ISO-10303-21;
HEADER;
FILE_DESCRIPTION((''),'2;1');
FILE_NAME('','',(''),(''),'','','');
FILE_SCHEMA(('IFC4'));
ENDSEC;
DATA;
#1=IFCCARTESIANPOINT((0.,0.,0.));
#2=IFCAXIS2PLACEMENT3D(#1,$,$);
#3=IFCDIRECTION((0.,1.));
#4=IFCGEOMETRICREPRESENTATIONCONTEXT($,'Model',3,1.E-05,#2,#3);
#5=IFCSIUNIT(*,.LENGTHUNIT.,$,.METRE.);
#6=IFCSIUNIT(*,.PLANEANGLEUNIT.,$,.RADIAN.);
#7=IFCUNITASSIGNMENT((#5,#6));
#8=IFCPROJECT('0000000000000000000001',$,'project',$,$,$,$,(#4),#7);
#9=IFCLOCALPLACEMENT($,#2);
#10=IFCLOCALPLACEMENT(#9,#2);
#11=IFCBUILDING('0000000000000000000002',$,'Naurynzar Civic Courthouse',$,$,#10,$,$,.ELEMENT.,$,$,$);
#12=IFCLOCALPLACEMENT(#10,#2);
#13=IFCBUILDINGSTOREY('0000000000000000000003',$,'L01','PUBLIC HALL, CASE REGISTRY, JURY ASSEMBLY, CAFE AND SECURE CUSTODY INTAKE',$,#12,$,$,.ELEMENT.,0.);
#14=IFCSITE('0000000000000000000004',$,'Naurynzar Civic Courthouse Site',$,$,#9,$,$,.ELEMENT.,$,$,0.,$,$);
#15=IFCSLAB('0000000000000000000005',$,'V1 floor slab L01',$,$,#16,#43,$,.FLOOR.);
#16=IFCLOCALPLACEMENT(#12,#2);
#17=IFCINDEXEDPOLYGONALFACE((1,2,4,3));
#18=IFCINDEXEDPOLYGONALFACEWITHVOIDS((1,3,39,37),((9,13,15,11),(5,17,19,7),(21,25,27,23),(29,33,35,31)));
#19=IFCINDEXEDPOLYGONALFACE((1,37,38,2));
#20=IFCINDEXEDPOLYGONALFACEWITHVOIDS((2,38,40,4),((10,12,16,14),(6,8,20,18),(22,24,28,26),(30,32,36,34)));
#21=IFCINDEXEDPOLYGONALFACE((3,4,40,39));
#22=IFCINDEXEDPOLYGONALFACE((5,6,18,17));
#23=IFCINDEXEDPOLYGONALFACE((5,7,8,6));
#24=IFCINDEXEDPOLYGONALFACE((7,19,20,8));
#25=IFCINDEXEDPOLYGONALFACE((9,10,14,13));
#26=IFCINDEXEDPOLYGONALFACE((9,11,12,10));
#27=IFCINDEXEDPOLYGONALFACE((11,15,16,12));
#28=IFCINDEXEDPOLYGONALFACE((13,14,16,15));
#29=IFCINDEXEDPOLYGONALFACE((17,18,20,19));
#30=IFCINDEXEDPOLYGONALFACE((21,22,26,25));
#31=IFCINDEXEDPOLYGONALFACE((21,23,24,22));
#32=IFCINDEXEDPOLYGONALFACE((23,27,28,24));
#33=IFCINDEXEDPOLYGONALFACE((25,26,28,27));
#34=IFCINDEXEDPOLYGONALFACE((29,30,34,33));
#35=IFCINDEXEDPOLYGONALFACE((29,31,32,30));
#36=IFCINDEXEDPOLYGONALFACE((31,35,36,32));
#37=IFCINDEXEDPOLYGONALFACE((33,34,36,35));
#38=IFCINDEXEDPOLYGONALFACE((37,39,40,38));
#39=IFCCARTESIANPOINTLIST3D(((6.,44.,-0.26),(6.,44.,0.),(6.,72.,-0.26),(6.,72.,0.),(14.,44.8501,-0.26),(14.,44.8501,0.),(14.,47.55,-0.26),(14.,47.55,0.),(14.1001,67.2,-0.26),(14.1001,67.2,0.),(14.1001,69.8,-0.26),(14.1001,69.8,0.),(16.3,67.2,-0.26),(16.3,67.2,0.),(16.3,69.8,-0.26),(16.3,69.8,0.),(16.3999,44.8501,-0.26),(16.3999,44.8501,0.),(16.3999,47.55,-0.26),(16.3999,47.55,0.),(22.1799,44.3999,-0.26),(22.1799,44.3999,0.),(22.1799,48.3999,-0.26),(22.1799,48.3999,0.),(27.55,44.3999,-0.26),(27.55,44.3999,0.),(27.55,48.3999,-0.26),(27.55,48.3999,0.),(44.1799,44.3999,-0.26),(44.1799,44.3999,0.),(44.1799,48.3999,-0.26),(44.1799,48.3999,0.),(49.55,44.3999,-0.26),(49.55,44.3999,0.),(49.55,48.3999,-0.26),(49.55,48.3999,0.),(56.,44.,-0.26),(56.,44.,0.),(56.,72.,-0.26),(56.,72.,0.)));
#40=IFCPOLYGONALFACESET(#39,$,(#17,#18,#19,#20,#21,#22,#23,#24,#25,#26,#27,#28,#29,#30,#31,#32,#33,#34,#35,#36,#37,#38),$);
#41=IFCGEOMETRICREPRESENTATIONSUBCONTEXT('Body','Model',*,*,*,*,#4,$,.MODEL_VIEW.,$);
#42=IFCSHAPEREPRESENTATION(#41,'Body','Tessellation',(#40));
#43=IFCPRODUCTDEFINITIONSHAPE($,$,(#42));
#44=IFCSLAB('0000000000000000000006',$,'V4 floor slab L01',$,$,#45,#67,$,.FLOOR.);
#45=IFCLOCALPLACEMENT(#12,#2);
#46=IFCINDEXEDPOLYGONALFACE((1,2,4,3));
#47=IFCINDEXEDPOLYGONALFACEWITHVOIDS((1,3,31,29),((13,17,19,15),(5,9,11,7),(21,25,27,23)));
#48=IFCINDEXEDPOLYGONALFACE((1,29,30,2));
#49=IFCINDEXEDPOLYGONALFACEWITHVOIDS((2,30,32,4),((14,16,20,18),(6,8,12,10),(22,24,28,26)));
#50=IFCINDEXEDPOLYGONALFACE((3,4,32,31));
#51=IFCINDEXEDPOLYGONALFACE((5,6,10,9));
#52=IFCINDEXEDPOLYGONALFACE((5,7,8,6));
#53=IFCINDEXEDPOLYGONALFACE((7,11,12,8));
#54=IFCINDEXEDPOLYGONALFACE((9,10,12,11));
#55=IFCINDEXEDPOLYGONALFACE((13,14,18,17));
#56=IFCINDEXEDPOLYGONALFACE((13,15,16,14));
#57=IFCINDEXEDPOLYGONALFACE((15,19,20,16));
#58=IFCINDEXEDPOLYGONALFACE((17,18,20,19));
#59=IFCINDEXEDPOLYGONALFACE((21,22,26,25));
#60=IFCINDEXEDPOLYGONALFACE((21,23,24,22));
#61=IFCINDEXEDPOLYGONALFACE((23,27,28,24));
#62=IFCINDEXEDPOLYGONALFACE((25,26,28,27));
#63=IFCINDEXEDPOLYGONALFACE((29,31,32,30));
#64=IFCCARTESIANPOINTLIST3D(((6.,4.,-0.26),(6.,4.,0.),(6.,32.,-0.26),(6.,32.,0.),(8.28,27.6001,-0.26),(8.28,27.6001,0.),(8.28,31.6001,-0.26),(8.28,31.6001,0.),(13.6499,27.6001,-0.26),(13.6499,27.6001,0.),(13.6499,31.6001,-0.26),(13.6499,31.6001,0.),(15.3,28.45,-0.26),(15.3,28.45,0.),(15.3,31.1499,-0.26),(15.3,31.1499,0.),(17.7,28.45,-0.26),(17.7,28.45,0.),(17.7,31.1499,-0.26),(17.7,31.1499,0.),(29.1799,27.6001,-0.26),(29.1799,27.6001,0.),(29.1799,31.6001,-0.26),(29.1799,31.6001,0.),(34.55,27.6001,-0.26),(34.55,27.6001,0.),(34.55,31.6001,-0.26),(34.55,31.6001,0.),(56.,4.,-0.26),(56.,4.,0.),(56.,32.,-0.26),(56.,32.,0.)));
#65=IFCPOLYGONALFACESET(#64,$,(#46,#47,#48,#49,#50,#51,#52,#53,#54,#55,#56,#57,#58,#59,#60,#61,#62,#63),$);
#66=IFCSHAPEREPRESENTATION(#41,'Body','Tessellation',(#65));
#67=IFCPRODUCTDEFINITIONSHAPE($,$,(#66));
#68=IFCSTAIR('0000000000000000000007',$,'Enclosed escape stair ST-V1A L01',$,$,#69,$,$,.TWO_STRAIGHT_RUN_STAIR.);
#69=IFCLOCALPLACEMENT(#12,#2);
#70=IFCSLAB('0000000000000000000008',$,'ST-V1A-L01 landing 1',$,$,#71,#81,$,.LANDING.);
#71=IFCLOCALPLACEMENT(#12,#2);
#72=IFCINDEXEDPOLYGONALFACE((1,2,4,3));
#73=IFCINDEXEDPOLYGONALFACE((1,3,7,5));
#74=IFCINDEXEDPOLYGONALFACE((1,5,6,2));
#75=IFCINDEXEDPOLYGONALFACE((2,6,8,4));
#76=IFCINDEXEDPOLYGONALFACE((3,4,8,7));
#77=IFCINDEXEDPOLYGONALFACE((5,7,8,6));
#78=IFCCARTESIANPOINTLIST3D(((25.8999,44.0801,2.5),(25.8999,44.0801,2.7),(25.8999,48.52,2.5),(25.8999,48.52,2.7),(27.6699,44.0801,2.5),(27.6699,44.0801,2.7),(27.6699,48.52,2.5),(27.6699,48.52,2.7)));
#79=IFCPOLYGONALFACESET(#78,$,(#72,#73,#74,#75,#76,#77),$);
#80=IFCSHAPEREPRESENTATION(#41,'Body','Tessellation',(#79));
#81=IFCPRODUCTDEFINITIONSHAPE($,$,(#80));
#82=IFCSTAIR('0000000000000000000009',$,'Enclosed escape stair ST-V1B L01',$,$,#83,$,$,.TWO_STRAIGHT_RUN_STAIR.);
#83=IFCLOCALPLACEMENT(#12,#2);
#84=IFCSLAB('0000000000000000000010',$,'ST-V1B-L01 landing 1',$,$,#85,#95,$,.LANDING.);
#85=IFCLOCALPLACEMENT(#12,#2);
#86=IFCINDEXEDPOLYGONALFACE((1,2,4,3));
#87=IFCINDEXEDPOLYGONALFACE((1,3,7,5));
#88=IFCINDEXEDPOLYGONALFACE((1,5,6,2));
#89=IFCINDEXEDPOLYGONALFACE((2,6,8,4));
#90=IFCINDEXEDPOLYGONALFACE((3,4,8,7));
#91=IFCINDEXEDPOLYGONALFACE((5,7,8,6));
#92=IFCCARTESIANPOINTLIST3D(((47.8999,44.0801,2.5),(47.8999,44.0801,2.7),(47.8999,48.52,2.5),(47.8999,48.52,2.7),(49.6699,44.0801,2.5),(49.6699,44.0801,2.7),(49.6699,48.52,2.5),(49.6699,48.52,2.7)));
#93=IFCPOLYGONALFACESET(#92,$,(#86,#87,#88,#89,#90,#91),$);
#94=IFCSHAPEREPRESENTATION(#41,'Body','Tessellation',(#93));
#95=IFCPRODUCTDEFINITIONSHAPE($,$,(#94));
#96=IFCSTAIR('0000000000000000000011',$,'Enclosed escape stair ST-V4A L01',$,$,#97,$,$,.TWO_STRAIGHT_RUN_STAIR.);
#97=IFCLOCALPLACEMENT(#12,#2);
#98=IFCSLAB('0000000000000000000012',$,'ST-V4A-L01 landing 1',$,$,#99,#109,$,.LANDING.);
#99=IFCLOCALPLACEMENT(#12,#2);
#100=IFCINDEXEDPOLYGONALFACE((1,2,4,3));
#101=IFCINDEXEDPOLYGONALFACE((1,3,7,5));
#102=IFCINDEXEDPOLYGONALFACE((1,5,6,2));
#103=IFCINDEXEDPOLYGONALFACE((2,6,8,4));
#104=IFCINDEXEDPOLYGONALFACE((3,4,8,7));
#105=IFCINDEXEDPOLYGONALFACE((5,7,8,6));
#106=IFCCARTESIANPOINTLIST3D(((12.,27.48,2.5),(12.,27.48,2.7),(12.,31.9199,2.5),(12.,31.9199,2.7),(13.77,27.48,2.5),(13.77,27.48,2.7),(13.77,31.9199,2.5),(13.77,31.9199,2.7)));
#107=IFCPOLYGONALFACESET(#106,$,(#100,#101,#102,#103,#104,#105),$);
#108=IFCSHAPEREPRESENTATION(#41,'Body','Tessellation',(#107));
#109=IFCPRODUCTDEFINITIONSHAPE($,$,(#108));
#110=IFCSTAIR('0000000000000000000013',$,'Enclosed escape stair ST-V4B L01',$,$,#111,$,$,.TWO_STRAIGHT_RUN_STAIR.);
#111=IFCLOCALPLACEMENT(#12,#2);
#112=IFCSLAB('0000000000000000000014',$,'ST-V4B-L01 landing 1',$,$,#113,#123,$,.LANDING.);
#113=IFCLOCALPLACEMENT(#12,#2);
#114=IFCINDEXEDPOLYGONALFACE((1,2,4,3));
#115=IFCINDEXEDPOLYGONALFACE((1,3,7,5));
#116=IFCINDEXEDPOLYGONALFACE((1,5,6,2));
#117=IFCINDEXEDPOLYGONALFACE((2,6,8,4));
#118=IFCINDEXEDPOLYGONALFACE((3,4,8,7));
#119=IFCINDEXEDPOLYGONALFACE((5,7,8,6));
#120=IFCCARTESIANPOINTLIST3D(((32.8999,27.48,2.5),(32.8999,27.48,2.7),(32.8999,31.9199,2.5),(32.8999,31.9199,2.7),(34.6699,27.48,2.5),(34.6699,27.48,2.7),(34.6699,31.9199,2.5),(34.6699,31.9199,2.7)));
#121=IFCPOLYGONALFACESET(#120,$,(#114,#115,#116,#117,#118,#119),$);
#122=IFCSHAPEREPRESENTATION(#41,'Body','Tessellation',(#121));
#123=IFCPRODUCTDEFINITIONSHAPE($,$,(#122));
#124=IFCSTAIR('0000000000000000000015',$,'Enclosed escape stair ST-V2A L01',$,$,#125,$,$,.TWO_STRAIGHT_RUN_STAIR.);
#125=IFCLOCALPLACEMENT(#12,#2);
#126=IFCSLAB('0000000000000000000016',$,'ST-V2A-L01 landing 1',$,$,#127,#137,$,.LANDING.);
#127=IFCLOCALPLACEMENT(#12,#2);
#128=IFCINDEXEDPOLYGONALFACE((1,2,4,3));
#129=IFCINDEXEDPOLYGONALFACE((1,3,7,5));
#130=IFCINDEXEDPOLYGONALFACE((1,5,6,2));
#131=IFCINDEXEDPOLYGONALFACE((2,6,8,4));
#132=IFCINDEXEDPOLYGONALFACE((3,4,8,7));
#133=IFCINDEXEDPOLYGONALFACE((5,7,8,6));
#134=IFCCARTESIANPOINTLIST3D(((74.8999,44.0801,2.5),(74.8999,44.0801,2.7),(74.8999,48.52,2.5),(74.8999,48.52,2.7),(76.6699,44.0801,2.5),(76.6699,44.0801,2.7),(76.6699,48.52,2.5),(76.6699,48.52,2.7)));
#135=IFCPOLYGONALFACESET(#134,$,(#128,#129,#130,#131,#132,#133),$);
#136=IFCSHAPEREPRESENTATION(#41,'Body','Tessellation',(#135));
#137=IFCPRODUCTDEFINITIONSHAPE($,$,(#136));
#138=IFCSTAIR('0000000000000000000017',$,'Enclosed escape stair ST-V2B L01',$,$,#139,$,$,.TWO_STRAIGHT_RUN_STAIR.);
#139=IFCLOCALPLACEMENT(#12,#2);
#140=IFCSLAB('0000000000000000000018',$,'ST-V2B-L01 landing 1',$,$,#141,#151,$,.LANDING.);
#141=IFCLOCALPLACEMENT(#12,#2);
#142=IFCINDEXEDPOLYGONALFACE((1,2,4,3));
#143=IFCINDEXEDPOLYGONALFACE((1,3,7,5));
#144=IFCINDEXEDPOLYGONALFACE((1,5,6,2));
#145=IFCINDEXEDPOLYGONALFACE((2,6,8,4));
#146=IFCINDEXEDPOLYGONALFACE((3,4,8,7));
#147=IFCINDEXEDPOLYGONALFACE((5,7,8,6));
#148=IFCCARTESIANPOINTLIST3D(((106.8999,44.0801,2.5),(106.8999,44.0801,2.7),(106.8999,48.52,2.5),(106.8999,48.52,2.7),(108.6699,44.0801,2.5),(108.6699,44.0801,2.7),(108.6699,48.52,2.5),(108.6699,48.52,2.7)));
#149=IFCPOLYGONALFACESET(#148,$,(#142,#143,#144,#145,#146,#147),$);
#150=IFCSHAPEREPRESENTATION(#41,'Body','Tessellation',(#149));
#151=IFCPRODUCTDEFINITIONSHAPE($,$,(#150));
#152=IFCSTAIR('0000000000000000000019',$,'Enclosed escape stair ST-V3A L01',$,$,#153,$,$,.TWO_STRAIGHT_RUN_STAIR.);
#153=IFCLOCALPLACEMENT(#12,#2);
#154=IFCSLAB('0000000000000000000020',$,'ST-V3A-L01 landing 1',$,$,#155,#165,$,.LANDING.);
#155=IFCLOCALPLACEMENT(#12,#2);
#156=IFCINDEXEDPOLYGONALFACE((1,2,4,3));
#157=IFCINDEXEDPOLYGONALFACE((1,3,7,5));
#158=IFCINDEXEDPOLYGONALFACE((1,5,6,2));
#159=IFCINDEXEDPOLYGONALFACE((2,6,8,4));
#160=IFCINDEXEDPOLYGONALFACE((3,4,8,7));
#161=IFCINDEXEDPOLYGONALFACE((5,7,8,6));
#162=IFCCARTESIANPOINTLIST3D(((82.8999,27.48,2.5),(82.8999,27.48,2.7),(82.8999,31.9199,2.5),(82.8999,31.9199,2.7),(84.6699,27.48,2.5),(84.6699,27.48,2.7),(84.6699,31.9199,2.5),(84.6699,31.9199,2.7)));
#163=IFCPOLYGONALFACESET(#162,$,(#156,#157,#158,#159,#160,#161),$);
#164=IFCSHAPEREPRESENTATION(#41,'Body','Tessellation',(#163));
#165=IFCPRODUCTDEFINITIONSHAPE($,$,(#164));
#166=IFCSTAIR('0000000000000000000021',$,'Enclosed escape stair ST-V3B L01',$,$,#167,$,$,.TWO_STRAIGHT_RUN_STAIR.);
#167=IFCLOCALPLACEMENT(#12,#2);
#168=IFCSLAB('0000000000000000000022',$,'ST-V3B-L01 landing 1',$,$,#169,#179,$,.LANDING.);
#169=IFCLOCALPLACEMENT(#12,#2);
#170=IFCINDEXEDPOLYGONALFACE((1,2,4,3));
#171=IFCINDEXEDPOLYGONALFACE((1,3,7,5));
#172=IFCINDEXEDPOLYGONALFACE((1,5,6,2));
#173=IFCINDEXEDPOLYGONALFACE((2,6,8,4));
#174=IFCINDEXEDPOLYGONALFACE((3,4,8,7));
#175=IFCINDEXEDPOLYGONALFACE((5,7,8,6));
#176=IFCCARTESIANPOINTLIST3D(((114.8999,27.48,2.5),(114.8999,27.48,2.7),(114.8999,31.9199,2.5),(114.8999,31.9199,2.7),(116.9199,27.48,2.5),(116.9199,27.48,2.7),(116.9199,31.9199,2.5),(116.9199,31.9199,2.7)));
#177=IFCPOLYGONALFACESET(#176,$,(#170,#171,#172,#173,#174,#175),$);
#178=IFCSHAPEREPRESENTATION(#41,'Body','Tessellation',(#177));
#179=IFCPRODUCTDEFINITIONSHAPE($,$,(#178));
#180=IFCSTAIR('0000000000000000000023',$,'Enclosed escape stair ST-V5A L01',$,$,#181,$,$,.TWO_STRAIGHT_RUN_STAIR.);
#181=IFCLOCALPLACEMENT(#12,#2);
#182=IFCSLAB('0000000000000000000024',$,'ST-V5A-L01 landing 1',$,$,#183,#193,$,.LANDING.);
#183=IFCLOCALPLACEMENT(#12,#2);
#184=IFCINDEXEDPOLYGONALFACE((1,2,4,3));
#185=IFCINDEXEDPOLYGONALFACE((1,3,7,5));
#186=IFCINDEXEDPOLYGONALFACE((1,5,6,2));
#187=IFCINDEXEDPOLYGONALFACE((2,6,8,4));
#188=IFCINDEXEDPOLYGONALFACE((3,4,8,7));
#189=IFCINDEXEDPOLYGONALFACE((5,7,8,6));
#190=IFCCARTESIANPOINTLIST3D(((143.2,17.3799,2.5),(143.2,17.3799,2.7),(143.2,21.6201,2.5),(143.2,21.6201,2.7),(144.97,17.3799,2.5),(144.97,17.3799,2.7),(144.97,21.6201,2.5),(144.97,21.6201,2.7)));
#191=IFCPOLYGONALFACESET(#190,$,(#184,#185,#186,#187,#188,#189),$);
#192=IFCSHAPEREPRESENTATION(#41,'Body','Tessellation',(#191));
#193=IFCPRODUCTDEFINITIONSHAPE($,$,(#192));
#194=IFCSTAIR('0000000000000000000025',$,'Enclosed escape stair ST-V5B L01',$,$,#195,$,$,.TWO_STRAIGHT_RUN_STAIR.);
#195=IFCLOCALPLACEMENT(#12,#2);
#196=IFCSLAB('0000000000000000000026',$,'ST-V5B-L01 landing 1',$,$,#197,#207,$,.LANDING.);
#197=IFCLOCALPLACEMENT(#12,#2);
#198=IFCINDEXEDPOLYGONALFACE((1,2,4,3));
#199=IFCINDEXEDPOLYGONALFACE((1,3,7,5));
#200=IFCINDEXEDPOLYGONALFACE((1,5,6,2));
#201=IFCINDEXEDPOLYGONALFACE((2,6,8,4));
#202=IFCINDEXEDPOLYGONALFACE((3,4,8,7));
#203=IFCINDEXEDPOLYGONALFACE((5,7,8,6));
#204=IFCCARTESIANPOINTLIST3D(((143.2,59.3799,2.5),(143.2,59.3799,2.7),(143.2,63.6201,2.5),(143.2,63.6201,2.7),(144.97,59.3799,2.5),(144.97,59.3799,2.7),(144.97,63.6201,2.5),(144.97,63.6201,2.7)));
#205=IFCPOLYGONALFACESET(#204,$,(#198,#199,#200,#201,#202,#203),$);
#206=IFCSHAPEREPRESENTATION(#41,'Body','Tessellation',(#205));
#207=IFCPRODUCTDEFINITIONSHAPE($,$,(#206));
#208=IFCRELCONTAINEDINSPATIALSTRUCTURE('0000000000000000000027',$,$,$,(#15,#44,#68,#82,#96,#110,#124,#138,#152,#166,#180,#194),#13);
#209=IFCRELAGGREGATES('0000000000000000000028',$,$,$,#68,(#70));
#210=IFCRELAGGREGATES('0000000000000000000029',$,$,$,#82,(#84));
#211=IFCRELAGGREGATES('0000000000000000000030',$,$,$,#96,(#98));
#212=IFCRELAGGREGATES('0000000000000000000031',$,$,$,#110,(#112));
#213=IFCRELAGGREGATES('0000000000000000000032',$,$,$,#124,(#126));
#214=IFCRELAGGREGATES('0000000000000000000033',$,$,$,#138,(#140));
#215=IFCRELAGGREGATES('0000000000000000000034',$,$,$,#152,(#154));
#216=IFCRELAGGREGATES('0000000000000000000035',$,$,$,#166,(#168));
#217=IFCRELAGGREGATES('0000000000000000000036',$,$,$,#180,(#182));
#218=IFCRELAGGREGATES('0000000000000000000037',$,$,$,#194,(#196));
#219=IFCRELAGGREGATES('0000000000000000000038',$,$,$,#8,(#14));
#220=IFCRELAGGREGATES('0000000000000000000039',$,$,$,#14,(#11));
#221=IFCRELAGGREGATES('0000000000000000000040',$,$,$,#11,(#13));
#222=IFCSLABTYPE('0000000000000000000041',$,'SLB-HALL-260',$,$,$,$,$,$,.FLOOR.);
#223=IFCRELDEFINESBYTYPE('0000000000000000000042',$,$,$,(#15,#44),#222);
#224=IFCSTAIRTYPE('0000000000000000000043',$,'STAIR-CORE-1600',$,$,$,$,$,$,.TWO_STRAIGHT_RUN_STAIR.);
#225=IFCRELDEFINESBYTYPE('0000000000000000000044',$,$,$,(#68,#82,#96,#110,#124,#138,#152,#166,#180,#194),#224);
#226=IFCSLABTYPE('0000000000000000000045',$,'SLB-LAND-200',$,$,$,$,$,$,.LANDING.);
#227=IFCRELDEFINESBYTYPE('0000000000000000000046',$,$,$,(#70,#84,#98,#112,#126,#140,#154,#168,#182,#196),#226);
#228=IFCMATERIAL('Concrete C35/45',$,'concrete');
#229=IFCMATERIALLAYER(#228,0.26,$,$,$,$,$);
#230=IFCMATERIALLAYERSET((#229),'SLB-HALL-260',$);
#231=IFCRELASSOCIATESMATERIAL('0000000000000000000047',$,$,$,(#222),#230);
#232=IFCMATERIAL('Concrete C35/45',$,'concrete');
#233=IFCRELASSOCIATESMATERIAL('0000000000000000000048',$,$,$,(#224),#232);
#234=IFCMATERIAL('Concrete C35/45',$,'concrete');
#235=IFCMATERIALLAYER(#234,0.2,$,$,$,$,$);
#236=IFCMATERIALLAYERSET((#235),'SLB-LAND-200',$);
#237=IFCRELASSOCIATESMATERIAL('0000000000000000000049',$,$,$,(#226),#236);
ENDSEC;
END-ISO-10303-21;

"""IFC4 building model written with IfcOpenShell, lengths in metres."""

from ifc_helpers import new_model, si_unit, direction, frame, origin, place, context, subcontext, project, spatial, polyline, outline, extrude, material, layer, layer_set, type_object, element, aggregate, save


model = new_model("IFC4")

# Units and contexts
model_context = context("Model", 3, precision=1e-05, world=origin(), true_north=direction((0.0, 1.0)))
body_context = subcontext(model_context, "Body", "Model", "MODEL_VIEW")
ifc_project = project(units=[si_unit("LENGTHUNIT", "METRE"), si_unit("PLANEANGLEUNIT", "RADIAN")], contexts=[model_context])

# Site, building, storey
site_placement = place(None, origin())
site = spatial("IfcSite", under=ifc_project, at=site_placement, Name="Naurynzar Civic Courthouse Site", CompositionType="ELEMENT", RefElevation=0.0)
building_placement = place(site_placement, origin())
building = spatial("IfcBuilding", under=site, at=building_placement, Name="Naurynzar Civic Courthouse", CompositionType="ELEMENT")
storey_placement = place(building_placement, origin())
storey = spatial("IfcBuildingStorey", under=building, at=storey_placement, Name="L01", Description="PUBLIC HALL, CASE REGISTRY, JURY ASSEMBLY, CAFE AND SECURE CUSTODY INTAKE", CompositionType="ELEMENT", Elevation=0.0)

# Slabs
ifc_material_1 = material(Name="Concrete C35/45", Category="concrete")
ifc_layer_1 = layer(ifc_material_1, 0.26)
ifc_layer_set_1 = layer_set([ifc_layer_1], Name="SLB-HALL-260")
slab_type_1 = type_object("IfcSlabType", Name="SLB-HALL-260", PredefinedType="FLOOR", material=ifc_layer_set_1)
slab_1_placement = place(storey_placement, frame((0.0, 0.0, -0.26)))
element("IfcSlab", 1, at=slab_1_placement, inside=storey, type_object=slab_type_1, Name="V1 floor slab L01", PredefinedType="FLOOR", context=body_context, shape_type="SweptSolid", body=[
    extrude(outline(polyline([(56.0, 44.0), (56.0, 72.0), (6.0, 72.0), (6.0, 44.0), (56.0, 44.0)]), holes=[polyline([(22.1799, 44.3999), (27.55, 44.3999), (27.55, 48.3999), (22.1799, 48.3999), (22.1799, 44.3999)]), polyline([(44.1799, 44.3999), (49.55, 44.3999), (49.55, 48.3999), (44.1799, 48.3999), (44.1799, 44.3999)]), polyline([(14.0, 44.8501), (16.3999, 44.8501), (16.3999, 47.55), (14.0, 47.55), (14.0, 44.8501)]), polyline([(14.1001, 67.2), (16.3, 67.2), (16.3, 69.8), (14.1001, 69.8), (14.1001, 67.2)])]), origin(), (0.0, 0.0, 1.0), 0.26),
])
slab_2_placement = place(storey_placement, frame((0.0, 0.0, -0.26)))
element("IfcSlab", 2, at=slab_2_placement, inside=storey, type_object=slab_type_1, Name="V4 floor slab L01", PredefinedType="FLOOR", context=body_context, shape_type="SweptSolid", body=[
    extrude(outline(polyline([(56.0, 4.0), (56.0, 32.0), (6.0, 32.0), (6.0, 4.0), (56.0, 4.0)]), holes=[polyline([(8.28, 27.6001), (13.6499, 27.6001), (13.6499, 31.6001), (8.28, 31.6001), (8.28, 27.6001)]), polyline([(29.1799, 27.6001), (34.55, 27.6001), (34.55, 31.6001), (29.1799, 31.6001), (29.1799, 27.6001)]), polyline([(15.3, 28.45), (17.7, 28.45), (17.7, 31.1499), (15.3, 31.1499), (15.3, 28.45)])]), origin(), (0.0, 0.0, 1.0), 0.26),
])

# Stairs, slabs
ifc_material_2 = material(Name="Concrete C35/45", Category="concrete")
stair_type_1 = type_object("IfcStairType", Name="STAIR-CORE-1600", PredefinedType="TWO_STRAIGHT_RUN_STAIR", material=ifc_material_2)
stair_1_placement = place(storey_placement, origin())
stair_1 = element("IfcStair", 3, at=stair_1_placement, inside=storey, type_object=stair_type_1, Name="Enclosed escape stair ST-V1A L01", PredefinedType="TWO_STRAIGHT_RUN_STAIR")
ifc_material_3 = material(Name="Concrete C35/45", Category="concrete")
ifc_layer_2 = layer(ifc_material_3, 0.2)
ifc_layer_set_2 = layer_set([ifc_layer_2], Name="SLB-LAND-200")
slab_type_2 = type_object("IfcSlabType", Name="SLB-LAND-200", PredefinedType="LANDING", material=ifc_layer_set_2)
slab_3_placement = place(storey_placement, frame((0.0, 0.0, 2.5)))
slab_3 = element("IfcSlab", 4, at=slab_3_placement, type_object=slab_type_2, Name="ST-V1A-L01 landing 1", PredefinedType="LANDING", context=body_context, shape_type="SweptSolid", body=[
    extrude(outline(polyline([(25.8999, 44.0801), (27.6699, 44.0801), (27.6699, 48.52), (25.8999, 48.52), (25.8999, 44.0801)])), origin(), (0.0, 0.0, 1.0), 0.2),
])
aggregate(stair_1, [slab_3])
stair_2_placement = place(storey_placement, origin())
stair_2 = element("IfcStair", 5, at=stair_2_placement, inside=storey, type_object=stair_type_1, Name="Enclosed escape stair ST-V1B L01", PredefinedType="TWO_STRAIGHT_RUN_STAIR")
slab_4_placement = place(storey_placement, frame((0.0, 0.0, 2.5)))
slab_4 = element("IfcSlab", 6, at=slab_4_placement, type_object=slab_type_2, Name="ST-V1B-L01 landing 1", PredefinedType="LANDING", context=body_context, shape_type="SweptSolid", body=[
    extrude(outline(polyline([(47.8999, 44.0801), (49.6699, 44.0801), (49.6699, 48.52), (47.8999, 48.52), (47.8999, 44.0801)])), origin(), (0.0, 0.0, 1.0), 0.2),
])
aggregate(stair_2, [slab_4])
stair_3_placement = place(storey_placement, origin())
stair_3 = element("IfcStair", 7, at=stair_3_placement, inside=storey, type_object=stair_type_1, Name="Enclosed escape stair ST-V4A L01", PredefinedType="TWO_STRAIGHT_RUN_STAIR")
slab_5_placement = place(storey_placement, frame((0.0, 0.0, 2.5)))
slab_5 = element("IfcSlab", 8, at=slab_5_placement, type_object=slab_type_2, Name="ST-V4A-L01 landing 1", PredefinedType="LANDING", context=body_context, shape_type="SweptSolid", body=[
    extrude(outline(polyline([(12.0, 27.48), (13.77, 27.48), (13.77, 31.9199), (12.0, 31.9199), (12.0, 27.48)])), origin(), (0.0, 0.0, 1.0), 0.2),
])
aggregate(stair_3, [slab_5])
stair_4_placement = place(storey_placement, origin())
stair_4 = element("IfcStair", 9, at=stair_4_placement, inside=storey, type_object=stair_type_1, Name="Enclosed escape stair ST-V4B L01", PredefinedType="TWO_STRAIGHT_RUN_STAIR")
slab_6_placement = place(storey_placement, frame((0.0, 0.0, 2.5)))
slab_6 = element("IfcSlab", 10, at=slab_6_placement, type_object=slab_type_2, Name="ST-V4B-L01 landing 1", PredefinedType="LANDING", context=body_context, shape_type="SweptSolid", body=[
    extrude(outline(polyline([(32.8999, 27.48), (34.6699, 27.48), (34.6699, 31.9199), (32.8999, 31.9199), (32.8999, 27.48)])), origin(), (0.0, 0.0, 1.0), 0.2),
])
aggregate(stair_4, [slab_6])
stair_5_placement = place(storey_placement, origin())
stair_5 = element("IfcStair", 11, at=stair_5_placement, inside=storey, type_object=stair_type_1, Name="Enclosed escape stair ST-V2A L01", PredefinedType="TWO_STRAIGHT_RUN_STAIR")
slab_7_placement = place(storey_placement, frame((0.0, 0.0, 2.5)))
slab_7 = element("IfcSlab", 12, at=slab_7_placement, type_object=slab_type_2, Name="ST-V2A-L01 landing 1", PredefinedType="LANDING", context=body_context, shape_type="SweptSolid", body=[
    extrude(outline(polyline([(74.8999, 44.0801), (76.6699, 44.0801), (76.6699, 48.52), (74.8999, 48.52), (74.8999, 44.0801)])), origin(), (0.0, 0.0, 1.0), 0.2),
])
aggregate(stair_5, [slab_7])
stair_6_placement = place(storey_placement, origin())
stair_6 = element("IfcStair", 13, at=stair_6_placement, inside=storey, type_object=stair_type_1, Name="Enclosed escape stair ST-V2B L01", PredefinedType="TWO_STRAIGHT_RUN_STAIR")
slab_8_placement = place(storey_placement, frame((0.0, 0.0, 2.5)))
slab_8 = element("IfcSlab", 14, at=slab_8_placement, type_object=slab_type_2, Name="ST-V2B-L01 landing 1", PredefinedType="LANDING", context=body_context, shape_type="SweptSolid", body=[
    extrude(outline(polyline([(106.8999, 44.0801), (108.6699, 44.0801), (108.6699, 48.52), (106.8999, 48.52), (106.8999, 44.0801)])), origin(), (0.0, 0.0, 1.0), 0.2),
])
aggregate(stair_6, [slab_8])
stair_7_placement = place(storey_placement, origin())
stair_7 = element("IfcStair", 15, at=stair_7_placement, inside=storey, type_object=stair_type_1, Name="Enclosed escape stair ST-V3A L01", PredefinedType="TWO_STRAIGHT_RUN_STAIR")
slab_9_placement = place(storey_placement, frame((0.0, 0.0, 2.5)))
slab_9 = element("IfcSlab", 16, at=slab_9_placement, type_object=slab_type_2, Name="ST-V3A-L01 landing 1", PredefinedType="LANDING", context=body_context, shape_type="SweptSolid", body=[
    extrude(outline(polyline([(82.8999, 27.48), (84.6699, 27.48), (84.6699, 31.9199), (82.8999, 31.9199), (82.8999, 27.48)])), origin(), (0.0, 0.0, 1.0), 0.2),
])
aggregate(stair_7, [slab_9])
stair_8_placement = place(storey_placement, origin())
stair_8 = element("IfcStair", 17, at=stair_8_placement, inside=storey, type_object=stair_type_1, Name="Enclosed escape stair ST-V3B L01", PredefinedType="TWO_STRAIGHT_RUN_STAIR")
slab_10_placement = place(storey_placement, frame((0.0, 0.0, 2.5)))
slab_10 = element("IfcSlab", 18, at=slab_10_placement, type_object=slab_type_2, Name="ST-V3B-L01 landing 1", PredefinedType="LANDING", context=body_context, shape_type="SweptSolid", body=[
    extrude(outline(polyline([(114.8999, 27.48), (116.9199, 27.48), (116.9199, 31.9199), (114.8999, 31.9199), (114.8999, 27.48)])), origin(), (0.0, 0.0, 1.0), 0.2),
])
aggregate(stair_8, [slab_10])
stair_9_placement = place(storey_placement, origin())
stair_9 = element("IfcStair", 19, at=stair_9_placement, inside=storey, type_object=stair_type_1, Name="Enclosed escape stair ST-V5A L01", PredefinedType="TWO_STRAIGHT_RUN_STAIR")
slab_11_placement = place(storey_placement, frame((0.0, 0.0, 2.5)))
slab_11 = element("IfcSlab", 20, at=slab_11_placement, type_object=slab_type_2, Name="ST-V5A-L01 landing 1", PredefinedType="LANDING", context=body_context, shape_type="SweptSolid", body=[
    extrude(outline(polyline([(143.2, 17.3799), (144.97, 17.3799), (144.97, 21.6201), (143.2, 21.6201), (143.2, 17.3799)])), origin(), (0.0, 0.0, 1.0), 0.2),
])
aggregate(stair_9, [slab_11])
stair_10_placement = place(storey_placement, origin())
stair_10 = element("IfcStair", 21, at=stair_10_placement, inside=storey, type_object=stair_type_1, Name="Enclosed escape stair ST-V5B L01", PredefinedType="TWO_STRAIGHT_RUN_STAIR")
slab_12_placement = place(storey_placement, frame((0.0, 0.0, 2.5)))
slab_12 = element("IfcSlab", 22, at=slab_12_placement, type_object=slab_type_2, Name="ST-V5B-L01 landing 1", PredefinedType="LANDING", context=body_context, shape_type="SweptSolid", body=[
    extrude(outline(polyline([(143.2, 59.3799), (144.97, 59.3799), (144.97, 63.6201), (143.2, 63.6201), (143.2, 59.3799)])), origin(), (0.0, 0.0, 1.0), 0.2),
])
aggregate(stair_10, [slab_12])

save(model, "model.ifc")
